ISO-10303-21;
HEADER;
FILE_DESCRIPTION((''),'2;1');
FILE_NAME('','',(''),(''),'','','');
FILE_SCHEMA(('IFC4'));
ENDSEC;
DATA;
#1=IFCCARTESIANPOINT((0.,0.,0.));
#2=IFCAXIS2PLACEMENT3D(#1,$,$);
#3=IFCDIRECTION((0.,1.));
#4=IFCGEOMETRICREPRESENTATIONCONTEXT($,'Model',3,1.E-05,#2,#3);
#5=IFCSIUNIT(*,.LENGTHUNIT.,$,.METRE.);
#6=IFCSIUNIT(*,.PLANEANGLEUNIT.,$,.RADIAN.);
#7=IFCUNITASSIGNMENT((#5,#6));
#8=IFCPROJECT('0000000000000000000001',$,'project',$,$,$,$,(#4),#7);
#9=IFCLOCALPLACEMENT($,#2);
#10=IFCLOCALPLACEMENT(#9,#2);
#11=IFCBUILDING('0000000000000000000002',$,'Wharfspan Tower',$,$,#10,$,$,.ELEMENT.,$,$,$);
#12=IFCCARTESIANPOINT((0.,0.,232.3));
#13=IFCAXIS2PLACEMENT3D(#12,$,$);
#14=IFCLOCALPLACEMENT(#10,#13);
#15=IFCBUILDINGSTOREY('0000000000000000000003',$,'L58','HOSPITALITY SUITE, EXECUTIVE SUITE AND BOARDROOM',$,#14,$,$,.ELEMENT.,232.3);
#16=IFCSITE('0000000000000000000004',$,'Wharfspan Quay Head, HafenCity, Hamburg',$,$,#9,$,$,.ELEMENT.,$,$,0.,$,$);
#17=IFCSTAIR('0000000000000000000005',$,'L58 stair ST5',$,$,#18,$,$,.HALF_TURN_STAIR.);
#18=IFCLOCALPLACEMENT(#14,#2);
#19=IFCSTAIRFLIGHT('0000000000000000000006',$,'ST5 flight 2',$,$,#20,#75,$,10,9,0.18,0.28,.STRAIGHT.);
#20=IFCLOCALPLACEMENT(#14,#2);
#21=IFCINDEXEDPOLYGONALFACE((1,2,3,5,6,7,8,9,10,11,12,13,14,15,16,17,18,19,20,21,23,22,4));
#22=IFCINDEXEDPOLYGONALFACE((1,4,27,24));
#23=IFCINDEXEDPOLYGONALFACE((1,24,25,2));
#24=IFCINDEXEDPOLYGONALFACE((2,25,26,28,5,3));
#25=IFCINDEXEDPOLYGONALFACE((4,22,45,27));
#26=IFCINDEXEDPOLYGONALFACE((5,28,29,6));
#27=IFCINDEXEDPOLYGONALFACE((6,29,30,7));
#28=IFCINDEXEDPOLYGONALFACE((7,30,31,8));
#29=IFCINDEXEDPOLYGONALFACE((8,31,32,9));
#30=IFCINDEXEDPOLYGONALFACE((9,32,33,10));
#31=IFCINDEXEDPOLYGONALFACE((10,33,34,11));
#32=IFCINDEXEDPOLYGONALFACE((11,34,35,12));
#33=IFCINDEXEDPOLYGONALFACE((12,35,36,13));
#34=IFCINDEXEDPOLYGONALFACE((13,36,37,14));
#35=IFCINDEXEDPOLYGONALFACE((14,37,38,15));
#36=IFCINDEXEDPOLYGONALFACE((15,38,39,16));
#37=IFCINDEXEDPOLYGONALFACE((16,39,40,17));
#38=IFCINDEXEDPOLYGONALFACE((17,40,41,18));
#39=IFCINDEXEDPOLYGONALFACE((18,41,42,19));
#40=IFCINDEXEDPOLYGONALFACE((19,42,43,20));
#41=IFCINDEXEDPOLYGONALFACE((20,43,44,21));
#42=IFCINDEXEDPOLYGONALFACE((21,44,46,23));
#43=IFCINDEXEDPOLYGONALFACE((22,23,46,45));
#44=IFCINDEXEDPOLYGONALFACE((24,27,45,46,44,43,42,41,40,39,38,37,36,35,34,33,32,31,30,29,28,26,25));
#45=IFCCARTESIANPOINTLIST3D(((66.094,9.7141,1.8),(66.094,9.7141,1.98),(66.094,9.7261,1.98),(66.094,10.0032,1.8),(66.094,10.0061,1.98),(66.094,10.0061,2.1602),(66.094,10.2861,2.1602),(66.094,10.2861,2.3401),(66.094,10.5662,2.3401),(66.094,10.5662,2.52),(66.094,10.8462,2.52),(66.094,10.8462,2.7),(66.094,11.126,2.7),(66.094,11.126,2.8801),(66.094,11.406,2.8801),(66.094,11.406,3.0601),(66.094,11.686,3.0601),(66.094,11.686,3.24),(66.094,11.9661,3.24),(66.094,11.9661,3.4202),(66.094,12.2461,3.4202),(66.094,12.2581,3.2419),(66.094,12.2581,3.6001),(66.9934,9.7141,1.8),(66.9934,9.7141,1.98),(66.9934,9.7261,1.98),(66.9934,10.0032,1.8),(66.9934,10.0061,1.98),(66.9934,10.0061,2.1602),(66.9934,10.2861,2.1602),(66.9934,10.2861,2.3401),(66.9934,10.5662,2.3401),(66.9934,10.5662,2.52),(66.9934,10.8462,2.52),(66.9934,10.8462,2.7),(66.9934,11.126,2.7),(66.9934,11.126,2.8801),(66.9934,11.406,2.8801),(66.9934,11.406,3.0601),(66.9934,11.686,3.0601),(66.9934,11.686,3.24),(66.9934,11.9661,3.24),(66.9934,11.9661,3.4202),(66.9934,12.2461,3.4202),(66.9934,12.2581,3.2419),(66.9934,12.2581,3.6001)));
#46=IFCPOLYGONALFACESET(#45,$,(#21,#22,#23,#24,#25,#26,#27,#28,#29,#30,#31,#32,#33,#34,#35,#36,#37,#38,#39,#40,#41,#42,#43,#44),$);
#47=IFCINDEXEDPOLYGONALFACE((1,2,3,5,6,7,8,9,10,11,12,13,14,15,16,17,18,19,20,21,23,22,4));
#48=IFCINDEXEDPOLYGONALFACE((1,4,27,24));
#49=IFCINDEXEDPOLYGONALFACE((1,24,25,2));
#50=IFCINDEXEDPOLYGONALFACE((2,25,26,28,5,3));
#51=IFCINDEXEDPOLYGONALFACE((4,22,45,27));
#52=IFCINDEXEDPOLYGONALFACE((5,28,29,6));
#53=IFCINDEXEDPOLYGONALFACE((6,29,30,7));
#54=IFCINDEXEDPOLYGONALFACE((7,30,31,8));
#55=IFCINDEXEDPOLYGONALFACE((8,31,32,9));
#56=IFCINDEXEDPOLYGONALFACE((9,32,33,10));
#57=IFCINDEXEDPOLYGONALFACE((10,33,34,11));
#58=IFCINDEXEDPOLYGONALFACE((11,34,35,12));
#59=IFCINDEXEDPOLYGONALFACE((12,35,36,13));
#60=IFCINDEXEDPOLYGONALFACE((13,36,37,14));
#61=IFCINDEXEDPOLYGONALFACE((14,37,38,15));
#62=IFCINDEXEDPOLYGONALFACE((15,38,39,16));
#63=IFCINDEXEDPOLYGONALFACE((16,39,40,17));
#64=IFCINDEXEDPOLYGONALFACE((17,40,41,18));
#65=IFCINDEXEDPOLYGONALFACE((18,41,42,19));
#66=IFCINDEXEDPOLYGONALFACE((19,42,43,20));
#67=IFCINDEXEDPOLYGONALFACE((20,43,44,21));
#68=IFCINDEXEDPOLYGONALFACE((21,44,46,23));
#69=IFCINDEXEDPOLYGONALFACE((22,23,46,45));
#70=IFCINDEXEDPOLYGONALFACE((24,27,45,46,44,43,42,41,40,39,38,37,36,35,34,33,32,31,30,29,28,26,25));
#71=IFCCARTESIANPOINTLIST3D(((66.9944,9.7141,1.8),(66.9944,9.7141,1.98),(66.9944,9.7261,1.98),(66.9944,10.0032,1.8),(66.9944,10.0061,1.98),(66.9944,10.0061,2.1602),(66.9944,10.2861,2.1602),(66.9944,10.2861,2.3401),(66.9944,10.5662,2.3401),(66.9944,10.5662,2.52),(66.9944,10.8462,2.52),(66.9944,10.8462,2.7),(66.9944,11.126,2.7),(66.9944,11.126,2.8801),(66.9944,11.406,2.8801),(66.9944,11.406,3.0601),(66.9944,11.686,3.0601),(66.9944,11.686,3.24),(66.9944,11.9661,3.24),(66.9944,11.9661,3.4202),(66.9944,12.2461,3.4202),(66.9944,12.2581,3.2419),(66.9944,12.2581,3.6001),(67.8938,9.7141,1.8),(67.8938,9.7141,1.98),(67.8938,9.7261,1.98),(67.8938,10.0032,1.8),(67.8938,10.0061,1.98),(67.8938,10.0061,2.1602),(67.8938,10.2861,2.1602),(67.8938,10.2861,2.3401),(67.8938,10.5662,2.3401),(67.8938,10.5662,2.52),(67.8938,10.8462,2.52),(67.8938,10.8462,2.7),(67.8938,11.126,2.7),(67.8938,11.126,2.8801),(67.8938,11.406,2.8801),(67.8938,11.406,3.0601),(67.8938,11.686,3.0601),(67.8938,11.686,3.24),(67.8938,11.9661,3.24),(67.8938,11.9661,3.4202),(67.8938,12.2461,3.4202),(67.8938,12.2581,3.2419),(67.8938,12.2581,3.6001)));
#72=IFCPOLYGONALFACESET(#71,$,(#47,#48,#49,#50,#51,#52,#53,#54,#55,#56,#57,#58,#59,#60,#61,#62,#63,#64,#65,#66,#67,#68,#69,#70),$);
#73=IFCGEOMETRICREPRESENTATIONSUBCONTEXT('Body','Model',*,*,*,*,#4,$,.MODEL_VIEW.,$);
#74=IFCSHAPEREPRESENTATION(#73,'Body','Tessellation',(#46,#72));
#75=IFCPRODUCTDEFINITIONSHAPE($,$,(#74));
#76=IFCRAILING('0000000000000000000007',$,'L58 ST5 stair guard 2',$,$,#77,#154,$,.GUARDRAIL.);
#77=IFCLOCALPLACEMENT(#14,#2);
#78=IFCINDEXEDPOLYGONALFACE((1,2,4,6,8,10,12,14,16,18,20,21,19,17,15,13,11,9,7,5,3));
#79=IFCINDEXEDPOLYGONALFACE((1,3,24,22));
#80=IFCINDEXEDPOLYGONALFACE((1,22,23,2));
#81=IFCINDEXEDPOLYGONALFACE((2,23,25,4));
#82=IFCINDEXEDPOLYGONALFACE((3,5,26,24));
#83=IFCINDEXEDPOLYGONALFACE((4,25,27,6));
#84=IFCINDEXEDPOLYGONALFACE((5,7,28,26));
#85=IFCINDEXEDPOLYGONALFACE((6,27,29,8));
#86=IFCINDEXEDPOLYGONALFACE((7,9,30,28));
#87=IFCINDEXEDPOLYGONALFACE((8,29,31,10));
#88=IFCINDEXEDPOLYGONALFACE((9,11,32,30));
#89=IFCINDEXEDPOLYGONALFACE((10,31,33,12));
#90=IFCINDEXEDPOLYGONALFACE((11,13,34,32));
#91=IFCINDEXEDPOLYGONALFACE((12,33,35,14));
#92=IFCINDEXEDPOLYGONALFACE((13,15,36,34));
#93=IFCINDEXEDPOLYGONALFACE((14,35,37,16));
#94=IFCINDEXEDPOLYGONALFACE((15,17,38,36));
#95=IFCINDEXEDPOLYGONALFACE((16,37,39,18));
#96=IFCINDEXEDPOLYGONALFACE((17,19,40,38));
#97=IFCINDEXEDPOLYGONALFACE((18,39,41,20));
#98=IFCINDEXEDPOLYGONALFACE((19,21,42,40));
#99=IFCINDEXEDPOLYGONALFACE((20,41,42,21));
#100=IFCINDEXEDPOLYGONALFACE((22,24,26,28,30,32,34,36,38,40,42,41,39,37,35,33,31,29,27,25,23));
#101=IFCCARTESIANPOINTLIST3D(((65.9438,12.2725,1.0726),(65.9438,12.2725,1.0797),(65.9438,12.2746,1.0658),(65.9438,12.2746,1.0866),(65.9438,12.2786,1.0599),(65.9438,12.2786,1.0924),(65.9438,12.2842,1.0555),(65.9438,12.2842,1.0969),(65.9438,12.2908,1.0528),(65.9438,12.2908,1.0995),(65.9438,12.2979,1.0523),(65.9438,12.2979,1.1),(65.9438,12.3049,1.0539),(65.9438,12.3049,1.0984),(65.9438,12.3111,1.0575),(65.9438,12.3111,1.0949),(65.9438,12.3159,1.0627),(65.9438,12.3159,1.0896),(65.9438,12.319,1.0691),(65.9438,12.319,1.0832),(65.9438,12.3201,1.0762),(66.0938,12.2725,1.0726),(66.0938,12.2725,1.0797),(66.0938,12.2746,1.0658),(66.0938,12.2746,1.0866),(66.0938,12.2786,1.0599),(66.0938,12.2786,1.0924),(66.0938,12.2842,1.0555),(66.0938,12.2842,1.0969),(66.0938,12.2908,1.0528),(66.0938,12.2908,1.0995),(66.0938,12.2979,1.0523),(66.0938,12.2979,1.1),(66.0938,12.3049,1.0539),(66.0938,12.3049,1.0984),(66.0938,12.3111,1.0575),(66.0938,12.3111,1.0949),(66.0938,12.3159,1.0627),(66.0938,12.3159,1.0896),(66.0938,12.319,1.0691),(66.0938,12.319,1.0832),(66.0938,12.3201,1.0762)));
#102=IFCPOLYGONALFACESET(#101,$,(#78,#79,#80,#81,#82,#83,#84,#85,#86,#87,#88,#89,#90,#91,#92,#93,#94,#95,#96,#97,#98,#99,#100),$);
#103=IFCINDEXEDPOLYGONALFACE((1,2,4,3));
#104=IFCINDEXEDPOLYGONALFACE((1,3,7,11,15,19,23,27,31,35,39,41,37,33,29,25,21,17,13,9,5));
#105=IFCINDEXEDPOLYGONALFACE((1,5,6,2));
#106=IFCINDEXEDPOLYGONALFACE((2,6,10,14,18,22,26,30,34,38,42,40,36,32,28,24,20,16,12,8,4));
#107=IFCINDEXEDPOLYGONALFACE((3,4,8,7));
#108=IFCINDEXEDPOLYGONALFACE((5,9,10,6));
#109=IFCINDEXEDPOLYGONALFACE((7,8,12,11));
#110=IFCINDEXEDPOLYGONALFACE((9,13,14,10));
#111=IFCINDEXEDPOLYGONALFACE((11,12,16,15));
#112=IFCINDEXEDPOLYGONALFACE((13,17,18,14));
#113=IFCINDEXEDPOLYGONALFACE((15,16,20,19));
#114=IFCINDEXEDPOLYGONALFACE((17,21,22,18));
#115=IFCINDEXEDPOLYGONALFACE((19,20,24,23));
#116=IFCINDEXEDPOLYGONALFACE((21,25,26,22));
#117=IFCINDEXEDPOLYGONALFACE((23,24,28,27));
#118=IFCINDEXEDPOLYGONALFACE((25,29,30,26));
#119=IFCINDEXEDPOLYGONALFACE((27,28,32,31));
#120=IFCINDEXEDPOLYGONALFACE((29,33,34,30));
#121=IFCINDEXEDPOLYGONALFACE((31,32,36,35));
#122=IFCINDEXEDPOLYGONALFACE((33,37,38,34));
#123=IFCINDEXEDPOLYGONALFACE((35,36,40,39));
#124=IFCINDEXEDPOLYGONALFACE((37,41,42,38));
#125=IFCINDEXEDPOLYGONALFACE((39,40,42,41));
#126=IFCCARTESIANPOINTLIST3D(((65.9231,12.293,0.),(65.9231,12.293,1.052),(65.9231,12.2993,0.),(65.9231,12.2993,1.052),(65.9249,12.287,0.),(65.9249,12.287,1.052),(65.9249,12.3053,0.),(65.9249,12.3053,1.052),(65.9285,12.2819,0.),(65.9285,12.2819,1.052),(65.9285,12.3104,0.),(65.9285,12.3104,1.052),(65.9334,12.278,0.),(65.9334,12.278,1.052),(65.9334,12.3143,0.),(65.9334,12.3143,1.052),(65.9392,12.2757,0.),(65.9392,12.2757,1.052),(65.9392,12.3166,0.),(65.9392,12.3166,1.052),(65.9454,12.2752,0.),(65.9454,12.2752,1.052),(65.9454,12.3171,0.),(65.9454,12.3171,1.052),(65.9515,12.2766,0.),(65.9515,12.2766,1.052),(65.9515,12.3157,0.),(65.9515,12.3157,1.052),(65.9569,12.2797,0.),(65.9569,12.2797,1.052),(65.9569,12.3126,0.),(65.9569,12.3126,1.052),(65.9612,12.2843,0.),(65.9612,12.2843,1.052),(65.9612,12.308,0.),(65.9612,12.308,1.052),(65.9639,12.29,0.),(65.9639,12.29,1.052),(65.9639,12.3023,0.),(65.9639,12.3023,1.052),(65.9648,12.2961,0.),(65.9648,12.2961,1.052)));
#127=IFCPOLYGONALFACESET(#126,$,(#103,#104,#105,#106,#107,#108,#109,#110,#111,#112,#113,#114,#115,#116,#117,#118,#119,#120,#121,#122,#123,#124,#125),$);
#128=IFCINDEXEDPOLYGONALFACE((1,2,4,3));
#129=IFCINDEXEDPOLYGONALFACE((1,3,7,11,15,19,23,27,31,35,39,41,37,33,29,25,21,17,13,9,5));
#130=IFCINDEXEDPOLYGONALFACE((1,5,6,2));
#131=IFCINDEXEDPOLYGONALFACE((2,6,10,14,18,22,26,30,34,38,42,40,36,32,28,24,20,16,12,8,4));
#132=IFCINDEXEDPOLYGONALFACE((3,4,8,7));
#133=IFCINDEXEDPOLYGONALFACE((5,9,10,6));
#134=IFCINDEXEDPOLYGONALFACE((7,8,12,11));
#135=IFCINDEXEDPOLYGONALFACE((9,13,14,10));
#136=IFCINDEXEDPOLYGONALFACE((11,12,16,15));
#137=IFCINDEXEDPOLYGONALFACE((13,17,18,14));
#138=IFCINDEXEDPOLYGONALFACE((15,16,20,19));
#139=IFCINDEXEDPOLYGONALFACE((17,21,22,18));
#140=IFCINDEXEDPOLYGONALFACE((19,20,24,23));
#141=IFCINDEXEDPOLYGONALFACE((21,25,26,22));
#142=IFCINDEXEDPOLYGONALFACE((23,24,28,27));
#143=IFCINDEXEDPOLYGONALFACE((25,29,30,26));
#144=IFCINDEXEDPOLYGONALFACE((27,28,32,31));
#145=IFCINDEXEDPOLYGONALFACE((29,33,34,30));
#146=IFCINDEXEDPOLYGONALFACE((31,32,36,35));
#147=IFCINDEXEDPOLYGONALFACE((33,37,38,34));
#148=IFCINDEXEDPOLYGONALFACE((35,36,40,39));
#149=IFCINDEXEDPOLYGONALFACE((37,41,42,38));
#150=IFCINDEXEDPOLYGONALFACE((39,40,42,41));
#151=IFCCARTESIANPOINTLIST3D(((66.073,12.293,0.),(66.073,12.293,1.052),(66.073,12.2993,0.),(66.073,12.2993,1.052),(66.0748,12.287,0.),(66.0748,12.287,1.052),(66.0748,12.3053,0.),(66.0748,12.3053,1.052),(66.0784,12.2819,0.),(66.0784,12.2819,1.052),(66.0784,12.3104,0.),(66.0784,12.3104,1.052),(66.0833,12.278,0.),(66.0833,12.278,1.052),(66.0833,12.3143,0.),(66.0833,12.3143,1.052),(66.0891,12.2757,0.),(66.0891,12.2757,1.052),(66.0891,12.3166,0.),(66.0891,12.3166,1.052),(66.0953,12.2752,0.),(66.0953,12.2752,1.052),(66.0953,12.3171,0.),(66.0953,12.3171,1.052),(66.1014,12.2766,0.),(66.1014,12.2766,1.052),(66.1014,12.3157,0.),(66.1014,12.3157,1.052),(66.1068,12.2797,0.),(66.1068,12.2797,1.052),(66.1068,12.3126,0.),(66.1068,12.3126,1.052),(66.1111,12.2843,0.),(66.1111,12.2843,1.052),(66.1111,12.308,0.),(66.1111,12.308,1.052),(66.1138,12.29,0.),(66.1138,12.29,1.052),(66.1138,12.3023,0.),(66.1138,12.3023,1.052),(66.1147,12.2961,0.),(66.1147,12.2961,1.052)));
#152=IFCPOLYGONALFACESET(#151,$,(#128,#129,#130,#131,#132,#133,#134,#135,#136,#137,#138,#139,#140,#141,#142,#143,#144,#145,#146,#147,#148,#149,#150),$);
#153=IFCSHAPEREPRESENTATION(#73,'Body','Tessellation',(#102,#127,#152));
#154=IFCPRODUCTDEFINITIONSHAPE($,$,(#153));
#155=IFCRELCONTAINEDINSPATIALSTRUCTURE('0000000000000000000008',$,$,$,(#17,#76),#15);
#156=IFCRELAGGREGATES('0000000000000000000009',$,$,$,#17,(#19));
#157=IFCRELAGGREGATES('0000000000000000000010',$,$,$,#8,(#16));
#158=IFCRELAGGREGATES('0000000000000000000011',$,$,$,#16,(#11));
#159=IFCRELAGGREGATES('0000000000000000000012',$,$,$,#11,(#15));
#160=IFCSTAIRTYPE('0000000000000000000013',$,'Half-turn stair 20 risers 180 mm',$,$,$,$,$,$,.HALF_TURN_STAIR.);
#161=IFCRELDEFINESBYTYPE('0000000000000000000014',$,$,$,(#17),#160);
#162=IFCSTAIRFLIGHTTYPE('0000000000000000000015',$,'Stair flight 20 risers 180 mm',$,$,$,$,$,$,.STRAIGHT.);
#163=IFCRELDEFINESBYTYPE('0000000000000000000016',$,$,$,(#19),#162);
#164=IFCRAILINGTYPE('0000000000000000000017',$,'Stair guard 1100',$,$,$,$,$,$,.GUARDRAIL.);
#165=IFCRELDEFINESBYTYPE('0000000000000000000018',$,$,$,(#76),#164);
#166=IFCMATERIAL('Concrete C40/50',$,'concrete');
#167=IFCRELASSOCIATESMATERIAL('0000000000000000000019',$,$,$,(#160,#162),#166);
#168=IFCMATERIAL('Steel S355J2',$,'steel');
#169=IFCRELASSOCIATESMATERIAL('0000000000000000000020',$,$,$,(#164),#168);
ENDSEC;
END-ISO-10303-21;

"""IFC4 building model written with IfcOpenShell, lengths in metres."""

from ifc_helpers import new_model, si_unit, direction, frame, origin, origin_2d, place, context, subcontext, project, spatial, polyline, circle, outline, extrude, material, type_object, element, aggregate, save


model = new_model("IFC4")

# Units and contexts
model_context = context("Model", 3, precision=1e-05, world=origin(), true_north=direction((0.0, 1.0)))
body_context = subcontext(model_context, "Body", "Model", "MODEL_VIEW")
ifc_project = project(units=[si_unit("LENGTHUNIT", "METRE"), si_unit("PLANEANGLEUNIT", "RADIAN")], contexts=[model_context])

# Site, building, storey
site_placement = place(None, origin())
site = spatial("IfcSite", under=ifc_project, at=site_placement, Name="Wharfspan Quay Head, HafenCity, Hamburg", CompositionType="ELEMENT", RefElevation=0.0)
building_placement = place(site_placement, origin())
building = spatial("IfcBuilding", under=site, at=building_placement, Name="Wharfspan Tower", CompositionType="ELEMENT")
storey_placement = place(building_placement, frame((0.0, 0.0, 232.3)))
storey = spatial("IfcBuildingStorey", under=building, at=storey_placement, Name="L58", Description="HOSPITALITY SUITE, EXECUTIVE SUITE AND BOARDROOM", CompositionType="ELEMENT", Elevation=232.3)

# Shared definitions
ifc_material_1 = material(Name="Steel S355J2", Category="steel")

# Shared definitions
ifc_material_2 = material(Name="Concrete C40/50", Category="concrete")

# Stair, stair flight
stair_type = type_object("IfcStairType", Name="Half-turn stair 20 risers 180 mm", PredefinedType="HALF_TURN_STAIR", material=ifc_material_2)
stair_placement = place(storey_placement, origin())
stair = element("IfcStair", 1, at=stair_placement, inside=storey, type_object=stair_type, Name="L58 stair ST5", PredefinedType="HALF_TURN_STAIR")
stair_flight_type = type_object("IfcStairFlightType", Name="Stair flight 20 risers 180 mm", PredefinedType="STRAIGHT", material=ifc_material_2)
stair_flight_placement = place(storey_placement, frame((66.9939, 9.7261, 1.8), z_axis=(0.0, 0.0, 1.0), x_axis=(0.0, 1.0, 0.0)))
stair_flight = element("IfcStairFlight", 2, at=stair_flight_placement, type_object=stair_flight_type, Name="ST5 flight 2", NumberOfRisers=10, NumberOfTreads=9, PredefinedType="STRAIGHT", RiserHeight=0.18, TreadLength=0.28, context=body_context, shape_type="SweptSolid", body=[
    extrude(outline(polyline([(-0.012, 0.0), (-0.012, 0.1799), (0.0, 0.1799), (0.28, 0.1799), (0.28, 0.3601), (0.5601, 0.3601), (0.5601, 0.54), (0.8401, 0.54), (0.8401, 0.72), (1.1201, 0.72), (1.1201, 0.8999), (1.3999, 0.8999), (1.3999, 1.0801), (1.6799, 1.0801), (1.6799, 1.26), (1.96, 1.26), (1.96, 1.4399), (2.24, 1.4399), (2.24, 1.6201), (2.52, 1.6201), (2.532, 1.8), (2.532, 1.4419), (0.2771, 0.0), (-0.012, 0.0)])), frame((0.0, 0.8999, 0.0), z_axis=(0.0, -1.0, 0.0), x_axis=(1.0, 0.0, 0.0)), (0.0, 0.0, 1.0), 0.8994),
    extrude(outline(polyline([(-0.012, 0.0), (-0.012, 0.1799), (0.0, 0.1799), (0.28, 0.1799), (0.28, 0.3601), (0.5601, 0.3601), (0.5601, 0.54), (0.8401, 0.54), (0.8401, 0.72), (1.1201, 0.72), (1.1201, 0.8999), (1.3999, 0.8999), (1.3999, 1.0801), (1.6799, 1.0801), (1.6799, 1.26), (1.96, 1.26), (1.96, 1.4399), (2.24, 1.4399), (2.24, 1.6201), (2.52, 1.6201), (2.532, 1.8), (2.532, 1.4419), (0.2771, 0.0), (-0.012, 0.0)])), frame((0.0, -0.0005, 0.0), z_axis=(0.0, -1.0, 0.0), x_axis=(1.0, 0.0, 0.0)), (0.0, 0.0, 1.0), 0.8994),
])
aggregate(stair, [stair_flight])

# Railing
railing_type_1 = type_object("IfcRailingType", Name="Stair guard 1100", PredefinedType="GUARDRAIL", material=ifc_material_1)
railing_1_placement = place(storey_placement, frame((65.9438, 12.2961, 0.0)))
element("IfcRailing", 3, at=railing_1_placement, inside=storey, type_object=railing_type_1, Name="L58 ST5 stair guard 2", PredefinedType="GUARDRAIL", context=body_context, shape_type="SweptSolid", body=[
    extrude(circle(Radius=0.0239, at=origin_2d()), frame((0.0, 0.0, 1.0762), z_axis=(1.0, 0.0, 0.0), x_axis=(0.0, 1.0, 0.0)), (0.0, 0.0, 1.0), 0.1499),
    extrude(circle(Radius=0.021, at=origin_2d()), origin(), (0.0, 0.0, 1.0), 1.052),
    extrude(circle(Radius=0.021, at=origin_2d()), frame((0.1499, 0.0, 0.0)), (0.0, 0.0, 1.0), 1.052),
])

save(model, "model.ifc")
